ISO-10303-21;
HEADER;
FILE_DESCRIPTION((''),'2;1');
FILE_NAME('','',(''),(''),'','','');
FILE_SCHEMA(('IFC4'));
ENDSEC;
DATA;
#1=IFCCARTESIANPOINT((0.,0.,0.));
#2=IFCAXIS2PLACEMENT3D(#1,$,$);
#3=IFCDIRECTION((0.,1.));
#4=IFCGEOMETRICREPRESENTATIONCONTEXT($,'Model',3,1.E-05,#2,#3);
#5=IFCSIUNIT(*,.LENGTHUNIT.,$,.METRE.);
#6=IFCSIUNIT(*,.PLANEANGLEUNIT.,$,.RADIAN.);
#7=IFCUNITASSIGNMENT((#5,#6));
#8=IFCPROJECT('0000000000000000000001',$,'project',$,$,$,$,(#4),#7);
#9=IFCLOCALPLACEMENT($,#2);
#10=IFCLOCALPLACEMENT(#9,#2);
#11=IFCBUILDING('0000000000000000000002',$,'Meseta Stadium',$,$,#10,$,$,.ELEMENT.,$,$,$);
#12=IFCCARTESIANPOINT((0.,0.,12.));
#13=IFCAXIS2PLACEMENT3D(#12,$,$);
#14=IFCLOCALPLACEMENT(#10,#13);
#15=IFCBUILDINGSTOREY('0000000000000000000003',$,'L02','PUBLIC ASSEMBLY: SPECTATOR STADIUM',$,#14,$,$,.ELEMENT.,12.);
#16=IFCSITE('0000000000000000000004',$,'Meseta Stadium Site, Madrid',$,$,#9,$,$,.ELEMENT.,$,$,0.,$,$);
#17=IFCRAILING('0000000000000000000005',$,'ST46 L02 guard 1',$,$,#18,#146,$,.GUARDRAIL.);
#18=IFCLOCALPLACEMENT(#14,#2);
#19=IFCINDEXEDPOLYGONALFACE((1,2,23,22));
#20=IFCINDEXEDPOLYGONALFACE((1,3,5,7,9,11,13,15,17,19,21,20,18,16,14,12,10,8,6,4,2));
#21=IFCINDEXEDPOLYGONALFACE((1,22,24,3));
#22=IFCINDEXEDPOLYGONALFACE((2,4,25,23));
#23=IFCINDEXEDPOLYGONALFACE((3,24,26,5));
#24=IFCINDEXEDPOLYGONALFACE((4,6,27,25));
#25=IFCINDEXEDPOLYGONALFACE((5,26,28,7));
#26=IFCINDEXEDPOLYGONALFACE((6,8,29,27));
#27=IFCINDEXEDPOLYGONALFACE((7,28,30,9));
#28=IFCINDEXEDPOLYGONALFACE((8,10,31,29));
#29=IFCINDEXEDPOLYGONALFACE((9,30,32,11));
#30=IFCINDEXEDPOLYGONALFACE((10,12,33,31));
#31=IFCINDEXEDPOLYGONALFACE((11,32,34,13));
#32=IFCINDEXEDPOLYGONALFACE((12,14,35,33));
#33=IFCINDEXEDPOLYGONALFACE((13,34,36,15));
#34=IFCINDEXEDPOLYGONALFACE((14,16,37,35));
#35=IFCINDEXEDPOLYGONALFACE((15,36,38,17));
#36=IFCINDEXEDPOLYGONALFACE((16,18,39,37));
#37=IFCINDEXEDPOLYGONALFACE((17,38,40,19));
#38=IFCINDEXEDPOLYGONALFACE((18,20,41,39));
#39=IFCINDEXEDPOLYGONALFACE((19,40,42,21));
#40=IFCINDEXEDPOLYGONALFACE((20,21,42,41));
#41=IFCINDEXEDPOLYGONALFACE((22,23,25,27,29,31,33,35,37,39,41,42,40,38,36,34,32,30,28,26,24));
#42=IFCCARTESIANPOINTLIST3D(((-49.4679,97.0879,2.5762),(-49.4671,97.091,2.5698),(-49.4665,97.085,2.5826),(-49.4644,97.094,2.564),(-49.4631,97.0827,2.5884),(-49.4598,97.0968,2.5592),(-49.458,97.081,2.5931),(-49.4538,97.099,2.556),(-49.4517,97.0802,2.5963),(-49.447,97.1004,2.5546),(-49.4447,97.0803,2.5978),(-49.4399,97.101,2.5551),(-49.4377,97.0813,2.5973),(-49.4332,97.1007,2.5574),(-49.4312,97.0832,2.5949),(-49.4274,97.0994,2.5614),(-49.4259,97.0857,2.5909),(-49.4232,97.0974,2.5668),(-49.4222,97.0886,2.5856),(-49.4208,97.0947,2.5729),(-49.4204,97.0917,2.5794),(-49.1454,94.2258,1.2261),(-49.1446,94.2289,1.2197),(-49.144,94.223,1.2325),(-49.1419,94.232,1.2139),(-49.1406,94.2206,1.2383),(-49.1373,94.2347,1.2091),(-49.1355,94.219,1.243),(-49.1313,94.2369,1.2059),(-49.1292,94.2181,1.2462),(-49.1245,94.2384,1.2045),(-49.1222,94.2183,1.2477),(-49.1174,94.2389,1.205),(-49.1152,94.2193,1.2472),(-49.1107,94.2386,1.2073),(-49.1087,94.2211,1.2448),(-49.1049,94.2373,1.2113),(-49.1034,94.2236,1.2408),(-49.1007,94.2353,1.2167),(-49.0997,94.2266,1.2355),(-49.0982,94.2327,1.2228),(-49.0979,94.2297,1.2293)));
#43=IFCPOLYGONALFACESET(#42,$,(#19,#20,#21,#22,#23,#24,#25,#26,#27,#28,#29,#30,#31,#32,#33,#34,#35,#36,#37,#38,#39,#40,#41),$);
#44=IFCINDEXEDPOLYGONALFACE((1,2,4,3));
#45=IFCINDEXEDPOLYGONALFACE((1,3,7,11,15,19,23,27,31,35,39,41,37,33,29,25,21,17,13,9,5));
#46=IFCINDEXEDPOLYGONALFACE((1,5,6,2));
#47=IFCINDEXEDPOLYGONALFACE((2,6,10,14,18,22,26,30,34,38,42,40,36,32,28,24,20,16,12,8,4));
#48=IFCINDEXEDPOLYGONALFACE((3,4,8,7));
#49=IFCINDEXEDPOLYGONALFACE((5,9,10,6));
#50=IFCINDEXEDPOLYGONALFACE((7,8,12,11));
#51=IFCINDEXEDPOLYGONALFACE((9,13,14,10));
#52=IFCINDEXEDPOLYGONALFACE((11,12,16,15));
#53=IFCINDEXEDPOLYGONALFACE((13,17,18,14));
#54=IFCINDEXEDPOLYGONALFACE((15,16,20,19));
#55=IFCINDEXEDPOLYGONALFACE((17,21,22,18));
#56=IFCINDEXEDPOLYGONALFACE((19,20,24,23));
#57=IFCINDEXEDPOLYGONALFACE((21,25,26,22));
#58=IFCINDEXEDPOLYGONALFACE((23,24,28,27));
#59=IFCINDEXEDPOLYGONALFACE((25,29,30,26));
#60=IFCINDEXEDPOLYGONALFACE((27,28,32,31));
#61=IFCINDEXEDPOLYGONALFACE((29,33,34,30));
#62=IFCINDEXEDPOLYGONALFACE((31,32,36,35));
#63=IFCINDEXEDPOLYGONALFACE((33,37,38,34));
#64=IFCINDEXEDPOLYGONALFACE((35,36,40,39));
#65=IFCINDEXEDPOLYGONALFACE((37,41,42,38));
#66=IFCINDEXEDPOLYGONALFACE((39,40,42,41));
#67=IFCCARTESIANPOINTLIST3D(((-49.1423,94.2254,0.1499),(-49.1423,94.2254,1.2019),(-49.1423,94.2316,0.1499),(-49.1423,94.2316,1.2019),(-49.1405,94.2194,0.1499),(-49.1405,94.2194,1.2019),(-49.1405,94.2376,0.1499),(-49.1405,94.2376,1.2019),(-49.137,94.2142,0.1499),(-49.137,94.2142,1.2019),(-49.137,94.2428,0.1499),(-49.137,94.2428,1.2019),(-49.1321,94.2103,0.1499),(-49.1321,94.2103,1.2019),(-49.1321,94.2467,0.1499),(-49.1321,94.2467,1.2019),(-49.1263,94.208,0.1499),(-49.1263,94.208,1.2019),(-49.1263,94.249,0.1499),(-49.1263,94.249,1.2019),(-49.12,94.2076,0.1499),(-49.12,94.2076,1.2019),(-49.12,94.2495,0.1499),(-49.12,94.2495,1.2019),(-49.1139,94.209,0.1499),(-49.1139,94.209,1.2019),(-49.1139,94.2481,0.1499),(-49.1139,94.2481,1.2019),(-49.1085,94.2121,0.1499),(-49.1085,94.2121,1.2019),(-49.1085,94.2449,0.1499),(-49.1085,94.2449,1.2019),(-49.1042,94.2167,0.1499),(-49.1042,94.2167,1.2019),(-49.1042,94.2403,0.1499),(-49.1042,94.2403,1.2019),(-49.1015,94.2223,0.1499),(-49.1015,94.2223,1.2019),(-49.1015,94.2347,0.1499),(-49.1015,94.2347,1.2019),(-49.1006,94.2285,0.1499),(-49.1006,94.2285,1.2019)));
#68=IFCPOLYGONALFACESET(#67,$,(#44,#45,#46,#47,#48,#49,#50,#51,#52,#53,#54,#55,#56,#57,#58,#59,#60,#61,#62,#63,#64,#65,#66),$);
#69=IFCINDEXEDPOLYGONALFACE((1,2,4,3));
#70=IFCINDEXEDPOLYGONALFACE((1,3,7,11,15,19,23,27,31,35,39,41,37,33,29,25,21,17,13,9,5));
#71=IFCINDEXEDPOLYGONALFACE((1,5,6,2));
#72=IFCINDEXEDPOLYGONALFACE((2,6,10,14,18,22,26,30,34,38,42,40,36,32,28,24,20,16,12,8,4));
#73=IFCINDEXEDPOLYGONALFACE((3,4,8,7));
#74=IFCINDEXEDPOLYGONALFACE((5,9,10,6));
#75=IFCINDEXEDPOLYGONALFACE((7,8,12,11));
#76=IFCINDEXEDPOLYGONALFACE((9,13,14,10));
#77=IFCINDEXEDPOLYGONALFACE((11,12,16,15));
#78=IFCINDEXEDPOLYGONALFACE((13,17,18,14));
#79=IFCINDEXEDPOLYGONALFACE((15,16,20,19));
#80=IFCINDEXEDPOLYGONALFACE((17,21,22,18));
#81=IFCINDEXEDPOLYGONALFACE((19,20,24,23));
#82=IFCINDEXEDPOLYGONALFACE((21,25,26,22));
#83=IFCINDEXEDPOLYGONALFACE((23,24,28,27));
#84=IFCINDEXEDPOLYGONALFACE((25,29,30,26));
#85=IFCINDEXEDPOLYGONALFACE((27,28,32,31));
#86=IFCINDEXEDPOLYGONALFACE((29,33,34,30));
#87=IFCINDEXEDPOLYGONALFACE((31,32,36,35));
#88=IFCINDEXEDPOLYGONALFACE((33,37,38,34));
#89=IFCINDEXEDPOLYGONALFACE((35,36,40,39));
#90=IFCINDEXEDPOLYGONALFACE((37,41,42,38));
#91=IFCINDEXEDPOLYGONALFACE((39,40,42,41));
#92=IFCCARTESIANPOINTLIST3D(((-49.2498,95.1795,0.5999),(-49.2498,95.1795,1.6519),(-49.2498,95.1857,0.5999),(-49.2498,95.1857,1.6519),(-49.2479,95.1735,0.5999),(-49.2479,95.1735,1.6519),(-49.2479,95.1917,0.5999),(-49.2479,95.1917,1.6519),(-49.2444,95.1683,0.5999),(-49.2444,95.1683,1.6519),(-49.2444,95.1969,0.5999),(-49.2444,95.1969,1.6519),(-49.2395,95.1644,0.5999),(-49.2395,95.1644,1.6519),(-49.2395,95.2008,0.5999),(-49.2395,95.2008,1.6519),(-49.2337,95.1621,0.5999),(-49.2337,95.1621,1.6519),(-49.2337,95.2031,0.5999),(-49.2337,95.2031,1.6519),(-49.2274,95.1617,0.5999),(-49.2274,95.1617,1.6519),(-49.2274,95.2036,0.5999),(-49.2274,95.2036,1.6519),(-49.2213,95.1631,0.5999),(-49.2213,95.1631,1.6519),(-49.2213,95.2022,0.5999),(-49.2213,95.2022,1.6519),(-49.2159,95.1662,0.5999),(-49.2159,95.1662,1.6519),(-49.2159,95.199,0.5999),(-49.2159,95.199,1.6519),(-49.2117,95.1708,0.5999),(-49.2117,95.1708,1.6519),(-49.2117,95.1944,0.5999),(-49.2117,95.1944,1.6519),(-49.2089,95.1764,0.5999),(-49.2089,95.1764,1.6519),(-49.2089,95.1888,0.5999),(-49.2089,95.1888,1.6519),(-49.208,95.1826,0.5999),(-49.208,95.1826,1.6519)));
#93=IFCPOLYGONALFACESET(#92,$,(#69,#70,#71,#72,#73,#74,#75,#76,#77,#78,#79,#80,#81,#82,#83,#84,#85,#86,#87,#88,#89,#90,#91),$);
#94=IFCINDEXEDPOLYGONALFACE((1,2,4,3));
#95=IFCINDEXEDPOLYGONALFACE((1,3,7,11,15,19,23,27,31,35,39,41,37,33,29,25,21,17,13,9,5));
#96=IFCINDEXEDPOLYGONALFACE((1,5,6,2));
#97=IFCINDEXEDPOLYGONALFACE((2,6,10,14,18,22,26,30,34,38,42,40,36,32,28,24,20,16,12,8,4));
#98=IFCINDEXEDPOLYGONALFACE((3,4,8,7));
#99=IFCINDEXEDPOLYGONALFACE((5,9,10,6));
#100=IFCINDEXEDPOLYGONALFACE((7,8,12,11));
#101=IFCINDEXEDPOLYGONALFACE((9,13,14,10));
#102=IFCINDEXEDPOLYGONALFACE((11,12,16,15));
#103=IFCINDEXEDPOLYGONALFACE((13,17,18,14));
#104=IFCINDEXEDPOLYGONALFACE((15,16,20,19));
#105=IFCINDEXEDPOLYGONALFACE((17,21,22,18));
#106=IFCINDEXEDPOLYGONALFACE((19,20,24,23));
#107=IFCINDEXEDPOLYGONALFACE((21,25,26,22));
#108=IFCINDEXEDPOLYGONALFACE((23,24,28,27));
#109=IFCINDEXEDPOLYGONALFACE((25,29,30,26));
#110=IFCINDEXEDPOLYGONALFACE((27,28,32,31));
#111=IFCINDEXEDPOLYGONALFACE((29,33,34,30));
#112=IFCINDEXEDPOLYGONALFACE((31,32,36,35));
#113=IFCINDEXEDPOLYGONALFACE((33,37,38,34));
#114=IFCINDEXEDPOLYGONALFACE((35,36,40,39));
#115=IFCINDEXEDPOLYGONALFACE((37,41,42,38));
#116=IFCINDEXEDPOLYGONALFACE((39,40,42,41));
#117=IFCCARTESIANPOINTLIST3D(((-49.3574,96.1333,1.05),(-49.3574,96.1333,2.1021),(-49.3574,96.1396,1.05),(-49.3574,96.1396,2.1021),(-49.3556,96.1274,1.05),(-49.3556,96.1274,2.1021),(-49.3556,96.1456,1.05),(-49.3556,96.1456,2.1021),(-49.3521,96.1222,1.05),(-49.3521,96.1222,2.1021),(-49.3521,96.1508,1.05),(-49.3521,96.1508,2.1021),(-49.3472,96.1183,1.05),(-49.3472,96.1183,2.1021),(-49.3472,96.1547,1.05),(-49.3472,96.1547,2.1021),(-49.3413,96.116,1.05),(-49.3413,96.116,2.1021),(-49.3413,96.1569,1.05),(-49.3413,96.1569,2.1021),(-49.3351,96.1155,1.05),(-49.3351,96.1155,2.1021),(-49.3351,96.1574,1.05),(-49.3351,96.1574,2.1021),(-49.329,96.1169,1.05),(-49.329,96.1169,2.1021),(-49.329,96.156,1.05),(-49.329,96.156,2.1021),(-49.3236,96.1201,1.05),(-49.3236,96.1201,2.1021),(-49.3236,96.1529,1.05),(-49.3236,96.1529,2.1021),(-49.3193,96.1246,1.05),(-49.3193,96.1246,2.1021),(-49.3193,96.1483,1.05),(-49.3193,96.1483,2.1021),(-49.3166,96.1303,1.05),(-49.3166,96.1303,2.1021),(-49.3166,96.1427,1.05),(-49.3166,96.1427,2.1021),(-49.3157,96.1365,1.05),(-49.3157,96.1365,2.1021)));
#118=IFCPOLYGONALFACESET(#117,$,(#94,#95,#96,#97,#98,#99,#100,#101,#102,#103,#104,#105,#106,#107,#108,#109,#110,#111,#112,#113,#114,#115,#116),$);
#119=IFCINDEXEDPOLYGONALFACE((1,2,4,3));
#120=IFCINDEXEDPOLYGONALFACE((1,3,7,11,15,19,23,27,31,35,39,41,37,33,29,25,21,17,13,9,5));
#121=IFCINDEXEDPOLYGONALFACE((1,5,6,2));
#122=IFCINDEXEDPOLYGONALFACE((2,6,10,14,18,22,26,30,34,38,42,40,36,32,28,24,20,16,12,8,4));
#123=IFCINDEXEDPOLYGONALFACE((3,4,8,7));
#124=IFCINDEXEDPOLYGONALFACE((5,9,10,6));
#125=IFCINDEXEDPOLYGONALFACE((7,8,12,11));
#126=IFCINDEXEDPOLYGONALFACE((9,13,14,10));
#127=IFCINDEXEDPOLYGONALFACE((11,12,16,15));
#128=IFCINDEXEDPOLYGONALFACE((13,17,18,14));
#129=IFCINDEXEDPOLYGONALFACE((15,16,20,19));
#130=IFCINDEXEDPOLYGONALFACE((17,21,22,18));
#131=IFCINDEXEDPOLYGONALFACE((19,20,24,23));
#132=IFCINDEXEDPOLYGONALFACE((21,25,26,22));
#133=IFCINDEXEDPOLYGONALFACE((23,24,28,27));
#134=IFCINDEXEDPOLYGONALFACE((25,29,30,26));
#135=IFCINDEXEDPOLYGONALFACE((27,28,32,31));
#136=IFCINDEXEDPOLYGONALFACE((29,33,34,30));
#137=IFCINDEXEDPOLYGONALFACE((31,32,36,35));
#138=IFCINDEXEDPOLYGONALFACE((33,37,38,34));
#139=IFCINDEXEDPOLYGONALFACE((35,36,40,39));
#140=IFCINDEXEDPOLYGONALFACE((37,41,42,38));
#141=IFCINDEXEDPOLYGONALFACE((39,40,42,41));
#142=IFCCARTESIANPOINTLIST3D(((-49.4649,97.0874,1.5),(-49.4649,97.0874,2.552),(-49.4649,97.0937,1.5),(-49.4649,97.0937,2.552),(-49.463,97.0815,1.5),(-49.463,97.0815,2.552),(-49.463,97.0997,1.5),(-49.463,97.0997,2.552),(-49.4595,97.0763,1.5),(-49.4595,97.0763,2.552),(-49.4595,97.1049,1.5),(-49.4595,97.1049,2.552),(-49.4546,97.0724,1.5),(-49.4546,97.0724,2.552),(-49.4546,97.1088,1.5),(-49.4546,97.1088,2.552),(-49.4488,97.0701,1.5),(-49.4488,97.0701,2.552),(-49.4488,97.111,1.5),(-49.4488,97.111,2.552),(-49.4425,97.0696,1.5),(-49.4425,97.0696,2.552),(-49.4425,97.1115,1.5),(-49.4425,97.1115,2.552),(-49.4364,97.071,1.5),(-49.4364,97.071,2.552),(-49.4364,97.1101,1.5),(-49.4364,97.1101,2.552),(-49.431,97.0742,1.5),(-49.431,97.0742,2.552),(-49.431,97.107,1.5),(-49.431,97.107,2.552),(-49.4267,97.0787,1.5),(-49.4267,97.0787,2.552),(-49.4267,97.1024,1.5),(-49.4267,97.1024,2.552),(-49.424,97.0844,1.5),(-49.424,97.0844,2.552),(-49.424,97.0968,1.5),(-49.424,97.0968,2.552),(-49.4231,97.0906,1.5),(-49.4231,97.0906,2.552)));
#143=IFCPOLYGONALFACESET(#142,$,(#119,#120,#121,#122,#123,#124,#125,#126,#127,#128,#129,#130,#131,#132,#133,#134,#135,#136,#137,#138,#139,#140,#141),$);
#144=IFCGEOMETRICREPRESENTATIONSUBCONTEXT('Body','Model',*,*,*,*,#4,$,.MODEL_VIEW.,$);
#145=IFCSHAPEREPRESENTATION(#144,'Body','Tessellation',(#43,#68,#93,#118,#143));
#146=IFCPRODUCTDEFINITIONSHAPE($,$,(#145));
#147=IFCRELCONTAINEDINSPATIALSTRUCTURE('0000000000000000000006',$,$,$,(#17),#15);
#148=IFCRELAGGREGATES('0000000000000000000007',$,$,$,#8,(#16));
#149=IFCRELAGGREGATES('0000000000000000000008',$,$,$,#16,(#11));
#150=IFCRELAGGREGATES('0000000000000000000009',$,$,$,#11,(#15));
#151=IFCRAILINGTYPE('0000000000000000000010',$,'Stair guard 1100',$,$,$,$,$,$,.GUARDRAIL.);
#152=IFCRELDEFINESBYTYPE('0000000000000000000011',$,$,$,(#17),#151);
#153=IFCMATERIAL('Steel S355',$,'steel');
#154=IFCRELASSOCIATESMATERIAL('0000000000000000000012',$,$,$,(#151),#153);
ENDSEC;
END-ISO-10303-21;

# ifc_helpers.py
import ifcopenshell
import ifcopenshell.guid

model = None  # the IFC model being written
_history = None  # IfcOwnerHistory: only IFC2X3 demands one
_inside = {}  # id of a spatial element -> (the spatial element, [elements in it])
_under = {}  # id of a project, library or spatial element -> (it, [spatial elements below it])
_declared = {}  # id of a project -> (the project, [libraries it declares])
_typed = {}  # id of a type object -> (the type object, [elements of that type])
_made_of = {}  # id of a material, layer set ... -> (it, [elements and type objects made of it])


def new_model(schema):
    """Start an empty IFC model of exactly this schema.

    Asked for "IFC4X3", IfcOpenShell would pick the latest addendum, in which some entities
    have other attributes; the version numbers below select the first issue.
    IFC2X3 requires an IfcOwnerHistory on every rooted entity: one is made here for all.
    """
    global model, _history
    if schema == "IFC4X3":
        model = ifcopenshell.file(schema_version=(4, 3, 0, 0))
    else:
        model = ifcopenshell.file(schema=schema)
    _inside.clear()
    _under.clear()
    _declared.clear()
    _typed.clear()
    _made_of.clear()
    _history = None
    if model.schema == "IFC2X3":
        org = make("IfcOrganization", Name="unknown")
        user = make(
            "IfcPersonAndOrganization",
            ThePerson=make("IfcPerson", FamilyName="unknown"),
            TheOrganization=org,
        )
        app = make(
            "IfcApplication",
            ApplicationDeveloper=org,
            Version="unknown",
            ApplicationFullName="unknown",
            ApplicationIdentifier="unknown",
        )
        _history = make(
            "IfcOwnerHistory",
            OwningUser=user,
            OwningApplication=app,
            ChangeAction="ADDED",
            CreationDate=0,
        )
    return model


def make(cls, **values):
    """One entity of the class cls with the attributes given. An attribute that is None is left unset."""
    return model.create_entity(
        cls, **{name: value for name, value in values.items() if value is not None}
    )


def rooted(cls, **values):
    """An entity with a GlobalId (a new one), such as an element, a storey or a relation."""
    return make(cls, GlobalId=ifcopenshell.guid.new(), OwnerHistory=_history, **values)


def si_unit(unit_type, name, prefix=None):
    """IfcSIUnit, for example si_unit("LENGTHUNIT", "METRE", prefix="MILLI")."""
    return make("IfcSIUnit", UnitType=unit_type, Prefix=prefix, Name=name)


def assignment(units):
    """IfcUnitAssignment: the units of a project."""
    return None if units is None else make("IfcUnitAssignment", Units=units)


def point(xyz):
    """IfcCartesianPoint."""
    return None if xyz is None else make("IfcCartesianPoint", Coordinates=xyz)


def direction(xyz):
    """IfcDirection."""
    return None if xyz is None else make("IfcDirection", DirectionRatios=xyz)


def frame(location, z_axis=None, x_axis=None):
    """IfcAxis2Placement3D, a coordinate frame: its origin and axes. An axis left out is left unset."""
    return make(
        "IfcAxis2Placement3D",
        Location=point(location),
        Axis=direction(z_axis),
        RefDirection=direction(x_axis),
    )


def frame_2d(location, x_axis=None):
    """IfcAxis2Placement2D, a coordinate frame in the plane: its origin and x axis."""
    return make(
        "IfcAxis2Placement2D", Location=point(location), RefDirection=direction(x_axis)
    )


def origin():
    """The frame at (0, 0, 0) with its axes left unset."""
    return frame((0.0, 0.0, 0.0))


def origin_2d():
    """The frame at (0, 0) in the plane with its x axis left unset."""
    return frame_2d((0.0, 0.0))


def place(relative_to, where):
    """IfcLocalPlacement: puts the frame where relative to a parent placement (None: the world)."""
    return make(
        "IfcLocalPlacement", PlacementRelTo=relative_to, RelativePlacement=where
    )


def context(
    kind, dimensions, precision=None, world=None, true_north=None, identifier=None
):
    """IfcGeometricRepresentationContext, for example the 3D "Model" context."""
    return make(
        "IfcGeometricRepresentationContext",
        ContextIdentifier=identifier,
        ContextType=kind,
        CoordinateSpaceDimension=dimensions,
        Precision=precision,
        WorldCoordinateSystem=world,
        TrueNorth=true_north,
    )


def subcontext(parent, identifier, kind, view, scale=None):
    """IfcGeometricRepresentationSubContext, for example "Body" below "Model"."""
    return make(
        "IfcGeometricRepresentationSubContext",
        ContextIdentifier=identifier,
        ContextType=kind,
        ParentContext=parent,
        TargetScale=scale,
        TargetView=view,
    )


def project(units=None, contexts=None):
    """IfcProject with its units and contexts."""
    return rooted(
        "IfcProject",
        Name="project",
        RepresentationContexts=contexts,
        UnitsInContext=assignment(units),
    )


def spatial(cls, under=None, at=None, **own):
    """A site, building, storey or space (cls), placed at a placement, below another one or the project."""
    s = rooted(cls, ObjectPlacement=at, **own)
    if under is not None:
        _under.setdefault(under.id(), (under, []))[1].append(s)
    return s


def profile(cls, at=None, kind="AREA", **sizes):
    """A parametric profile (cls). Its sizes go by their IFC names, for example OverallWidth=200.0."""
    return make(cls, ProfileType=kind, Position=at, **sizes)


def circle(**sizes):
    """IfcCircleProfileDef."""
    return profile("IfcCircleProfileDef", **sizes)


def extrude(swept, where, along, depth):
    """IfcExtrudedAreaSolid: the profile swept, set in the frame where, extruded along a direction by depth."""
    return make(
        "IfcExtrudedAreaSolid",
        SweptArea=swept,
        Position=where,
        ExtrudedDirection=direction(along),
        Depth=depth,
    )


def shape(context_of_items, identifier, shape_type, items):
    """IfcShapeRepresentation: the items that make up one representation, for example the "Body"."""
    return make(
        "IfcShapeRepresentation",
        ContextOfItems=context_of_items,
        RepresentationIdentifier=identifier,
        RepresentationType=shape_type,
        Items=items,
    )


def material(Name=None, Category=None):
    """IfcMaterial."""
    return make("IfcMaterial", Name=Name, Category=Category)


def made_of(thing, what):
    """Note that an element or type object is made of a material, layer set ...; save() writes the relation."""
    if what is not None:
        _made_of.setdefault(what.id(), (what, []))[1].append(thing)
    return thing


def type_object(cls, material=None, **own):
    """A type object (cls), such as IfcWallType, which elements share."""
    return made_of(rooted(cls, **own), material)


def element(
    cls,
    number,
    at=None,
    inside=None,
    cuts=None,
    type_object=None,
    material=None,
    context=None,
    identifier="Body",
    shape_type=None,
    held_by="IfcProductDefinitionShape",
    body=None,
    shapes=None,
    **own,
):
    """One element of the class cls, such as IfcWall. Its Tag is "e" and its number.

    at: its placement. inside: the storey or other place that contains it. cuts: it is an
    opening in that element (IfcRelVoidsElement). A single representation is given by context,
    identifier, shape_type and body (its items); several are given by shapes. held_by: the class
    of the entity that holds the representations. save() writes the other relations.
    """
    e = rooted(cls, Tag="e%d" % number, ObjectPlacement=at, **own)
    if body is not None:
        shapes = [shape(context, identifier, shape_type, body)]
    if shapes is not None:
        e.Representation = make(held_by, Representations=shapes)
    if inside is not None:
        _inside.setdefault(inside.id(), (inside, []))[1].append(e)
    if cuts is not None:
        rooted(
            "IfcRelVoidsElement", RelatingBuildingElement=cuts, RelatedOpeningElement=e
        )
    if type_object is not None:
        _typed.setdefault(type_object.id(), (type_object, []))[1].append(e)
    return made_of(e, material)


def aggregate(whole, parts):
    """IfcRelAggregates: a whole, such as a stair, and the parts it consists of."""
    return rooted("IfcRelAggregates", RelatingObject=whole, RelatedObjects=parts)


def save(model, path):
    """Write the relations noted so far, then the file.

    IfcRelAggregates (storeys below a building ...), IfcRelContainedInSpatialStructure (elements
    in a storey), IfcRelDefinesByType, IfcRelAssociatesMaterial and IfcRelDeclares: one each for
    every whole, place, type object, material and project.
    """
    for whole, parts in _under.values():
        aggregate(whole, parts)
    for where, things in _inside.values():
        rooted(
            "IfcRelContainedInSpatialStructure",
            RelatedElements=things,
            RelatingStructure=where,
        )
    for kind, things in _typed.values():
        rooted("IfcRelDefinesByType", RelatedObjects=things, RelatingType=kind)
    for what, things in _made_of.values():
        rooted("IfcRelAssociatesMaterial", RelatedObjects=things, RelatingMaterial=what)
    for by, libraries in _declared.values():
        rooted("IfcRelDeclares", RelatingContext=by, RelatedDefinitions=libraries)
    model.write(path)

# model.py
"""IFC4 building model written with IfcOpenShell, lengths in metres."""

from ifc_helpers import new_model, si_unit, direction, frame, origin, origin_2d, place, context, subcontext, project, spatial, circle, extrude, material, type_object, element, save


model = new_model("IFC4")

# Units and contexts
model_context = context("Model", 3, precision=1e-05, world=origin(), true_north=direction((0.0, 1.0)))
body_context = subcontext(model_context, "Body", "Model", "MODEL_VIEW")
ifc_project = project(units=[si_unit("LENGTHUNIT", "METRE"), si_unit("PLANEANGLEUNIT", "RADIAN")], contexts=[model_context])

# Site, building, storey
site_placement = place(None, origin())
site = spatial("IfcSite", under=ifc_project, at=site_placement, Name="Meseta Stadium Site, Madrid", CompositionType="ELEMENT", RefElevation=0.0)
building_placement = place(site_placement, origin())
building = spatial("IfcBuilding", under=site, at=building_placement, Name="Meseta Stadium", CompositionType="ELEMENT")
storey_placement = place(building_placement, frame((0.0, 0.0, 12.0)))
storey = spatial("IfcBuildingStorey", under=building, at=storey_placement, Name="L02", Description="PUBLIC ASSEMBLY: SPECTATOR STADIUM", CompositionType="ELEMENT", Elevation=12.0)

# Railing
ifc_material_1 = material(Name="Steel S355", Category="steel")
railing_type_1 = type_object("IfcRailingType", Name="Stair guard 1100", PredefinedType="GUARDRAIL", material=ifc_material_1)
railing_1_placement = place(storey_placement, frame((-49.1216, 94.2285, 0.1499)))
element("IfcRailing", 1, at=railing_1_placement, inside=storey, type_object=railing_type_1, Name="ST46 L02 guard 1", PredefinedType="GUARDRAIL", context=body_context, shape_type="SweptSolid", body=[
    extrude(circle(Radius=0.0239, at=origin_2d()), frame((0.0, 0.0, 1.0762), z_axis=(-0.101389, 0.899763, 0.424438), x_axis=(-0.993711, -0.111976, 0.0)), (0.0, 0.0, 1.0), 3.1809),
    extrude(circle(Radius=0.021, at=origin_2d()), origin(), (0.0, 0.0, 1.0), 1.052),
    extrude(circle(Radius=0.021, at=origin_2d()), frame((-0.1074, 0.9541, 0.45)), (0.0, 0.0, 1.0), 1.052),
    extrude(circle(Radius=0.021, at=origin_2d()), frame((-0.2151, 1.908, 0.9001)), (0.0, 0.0, 1.0), 1.052),
    extrude(circle(Radius=0.021, at=origin_2d()), frame((-0.3225, 2.8621, 1.3501)), (0.0, 0.0, 1.0), 1.052),
])

save(model, "model.ifc")
